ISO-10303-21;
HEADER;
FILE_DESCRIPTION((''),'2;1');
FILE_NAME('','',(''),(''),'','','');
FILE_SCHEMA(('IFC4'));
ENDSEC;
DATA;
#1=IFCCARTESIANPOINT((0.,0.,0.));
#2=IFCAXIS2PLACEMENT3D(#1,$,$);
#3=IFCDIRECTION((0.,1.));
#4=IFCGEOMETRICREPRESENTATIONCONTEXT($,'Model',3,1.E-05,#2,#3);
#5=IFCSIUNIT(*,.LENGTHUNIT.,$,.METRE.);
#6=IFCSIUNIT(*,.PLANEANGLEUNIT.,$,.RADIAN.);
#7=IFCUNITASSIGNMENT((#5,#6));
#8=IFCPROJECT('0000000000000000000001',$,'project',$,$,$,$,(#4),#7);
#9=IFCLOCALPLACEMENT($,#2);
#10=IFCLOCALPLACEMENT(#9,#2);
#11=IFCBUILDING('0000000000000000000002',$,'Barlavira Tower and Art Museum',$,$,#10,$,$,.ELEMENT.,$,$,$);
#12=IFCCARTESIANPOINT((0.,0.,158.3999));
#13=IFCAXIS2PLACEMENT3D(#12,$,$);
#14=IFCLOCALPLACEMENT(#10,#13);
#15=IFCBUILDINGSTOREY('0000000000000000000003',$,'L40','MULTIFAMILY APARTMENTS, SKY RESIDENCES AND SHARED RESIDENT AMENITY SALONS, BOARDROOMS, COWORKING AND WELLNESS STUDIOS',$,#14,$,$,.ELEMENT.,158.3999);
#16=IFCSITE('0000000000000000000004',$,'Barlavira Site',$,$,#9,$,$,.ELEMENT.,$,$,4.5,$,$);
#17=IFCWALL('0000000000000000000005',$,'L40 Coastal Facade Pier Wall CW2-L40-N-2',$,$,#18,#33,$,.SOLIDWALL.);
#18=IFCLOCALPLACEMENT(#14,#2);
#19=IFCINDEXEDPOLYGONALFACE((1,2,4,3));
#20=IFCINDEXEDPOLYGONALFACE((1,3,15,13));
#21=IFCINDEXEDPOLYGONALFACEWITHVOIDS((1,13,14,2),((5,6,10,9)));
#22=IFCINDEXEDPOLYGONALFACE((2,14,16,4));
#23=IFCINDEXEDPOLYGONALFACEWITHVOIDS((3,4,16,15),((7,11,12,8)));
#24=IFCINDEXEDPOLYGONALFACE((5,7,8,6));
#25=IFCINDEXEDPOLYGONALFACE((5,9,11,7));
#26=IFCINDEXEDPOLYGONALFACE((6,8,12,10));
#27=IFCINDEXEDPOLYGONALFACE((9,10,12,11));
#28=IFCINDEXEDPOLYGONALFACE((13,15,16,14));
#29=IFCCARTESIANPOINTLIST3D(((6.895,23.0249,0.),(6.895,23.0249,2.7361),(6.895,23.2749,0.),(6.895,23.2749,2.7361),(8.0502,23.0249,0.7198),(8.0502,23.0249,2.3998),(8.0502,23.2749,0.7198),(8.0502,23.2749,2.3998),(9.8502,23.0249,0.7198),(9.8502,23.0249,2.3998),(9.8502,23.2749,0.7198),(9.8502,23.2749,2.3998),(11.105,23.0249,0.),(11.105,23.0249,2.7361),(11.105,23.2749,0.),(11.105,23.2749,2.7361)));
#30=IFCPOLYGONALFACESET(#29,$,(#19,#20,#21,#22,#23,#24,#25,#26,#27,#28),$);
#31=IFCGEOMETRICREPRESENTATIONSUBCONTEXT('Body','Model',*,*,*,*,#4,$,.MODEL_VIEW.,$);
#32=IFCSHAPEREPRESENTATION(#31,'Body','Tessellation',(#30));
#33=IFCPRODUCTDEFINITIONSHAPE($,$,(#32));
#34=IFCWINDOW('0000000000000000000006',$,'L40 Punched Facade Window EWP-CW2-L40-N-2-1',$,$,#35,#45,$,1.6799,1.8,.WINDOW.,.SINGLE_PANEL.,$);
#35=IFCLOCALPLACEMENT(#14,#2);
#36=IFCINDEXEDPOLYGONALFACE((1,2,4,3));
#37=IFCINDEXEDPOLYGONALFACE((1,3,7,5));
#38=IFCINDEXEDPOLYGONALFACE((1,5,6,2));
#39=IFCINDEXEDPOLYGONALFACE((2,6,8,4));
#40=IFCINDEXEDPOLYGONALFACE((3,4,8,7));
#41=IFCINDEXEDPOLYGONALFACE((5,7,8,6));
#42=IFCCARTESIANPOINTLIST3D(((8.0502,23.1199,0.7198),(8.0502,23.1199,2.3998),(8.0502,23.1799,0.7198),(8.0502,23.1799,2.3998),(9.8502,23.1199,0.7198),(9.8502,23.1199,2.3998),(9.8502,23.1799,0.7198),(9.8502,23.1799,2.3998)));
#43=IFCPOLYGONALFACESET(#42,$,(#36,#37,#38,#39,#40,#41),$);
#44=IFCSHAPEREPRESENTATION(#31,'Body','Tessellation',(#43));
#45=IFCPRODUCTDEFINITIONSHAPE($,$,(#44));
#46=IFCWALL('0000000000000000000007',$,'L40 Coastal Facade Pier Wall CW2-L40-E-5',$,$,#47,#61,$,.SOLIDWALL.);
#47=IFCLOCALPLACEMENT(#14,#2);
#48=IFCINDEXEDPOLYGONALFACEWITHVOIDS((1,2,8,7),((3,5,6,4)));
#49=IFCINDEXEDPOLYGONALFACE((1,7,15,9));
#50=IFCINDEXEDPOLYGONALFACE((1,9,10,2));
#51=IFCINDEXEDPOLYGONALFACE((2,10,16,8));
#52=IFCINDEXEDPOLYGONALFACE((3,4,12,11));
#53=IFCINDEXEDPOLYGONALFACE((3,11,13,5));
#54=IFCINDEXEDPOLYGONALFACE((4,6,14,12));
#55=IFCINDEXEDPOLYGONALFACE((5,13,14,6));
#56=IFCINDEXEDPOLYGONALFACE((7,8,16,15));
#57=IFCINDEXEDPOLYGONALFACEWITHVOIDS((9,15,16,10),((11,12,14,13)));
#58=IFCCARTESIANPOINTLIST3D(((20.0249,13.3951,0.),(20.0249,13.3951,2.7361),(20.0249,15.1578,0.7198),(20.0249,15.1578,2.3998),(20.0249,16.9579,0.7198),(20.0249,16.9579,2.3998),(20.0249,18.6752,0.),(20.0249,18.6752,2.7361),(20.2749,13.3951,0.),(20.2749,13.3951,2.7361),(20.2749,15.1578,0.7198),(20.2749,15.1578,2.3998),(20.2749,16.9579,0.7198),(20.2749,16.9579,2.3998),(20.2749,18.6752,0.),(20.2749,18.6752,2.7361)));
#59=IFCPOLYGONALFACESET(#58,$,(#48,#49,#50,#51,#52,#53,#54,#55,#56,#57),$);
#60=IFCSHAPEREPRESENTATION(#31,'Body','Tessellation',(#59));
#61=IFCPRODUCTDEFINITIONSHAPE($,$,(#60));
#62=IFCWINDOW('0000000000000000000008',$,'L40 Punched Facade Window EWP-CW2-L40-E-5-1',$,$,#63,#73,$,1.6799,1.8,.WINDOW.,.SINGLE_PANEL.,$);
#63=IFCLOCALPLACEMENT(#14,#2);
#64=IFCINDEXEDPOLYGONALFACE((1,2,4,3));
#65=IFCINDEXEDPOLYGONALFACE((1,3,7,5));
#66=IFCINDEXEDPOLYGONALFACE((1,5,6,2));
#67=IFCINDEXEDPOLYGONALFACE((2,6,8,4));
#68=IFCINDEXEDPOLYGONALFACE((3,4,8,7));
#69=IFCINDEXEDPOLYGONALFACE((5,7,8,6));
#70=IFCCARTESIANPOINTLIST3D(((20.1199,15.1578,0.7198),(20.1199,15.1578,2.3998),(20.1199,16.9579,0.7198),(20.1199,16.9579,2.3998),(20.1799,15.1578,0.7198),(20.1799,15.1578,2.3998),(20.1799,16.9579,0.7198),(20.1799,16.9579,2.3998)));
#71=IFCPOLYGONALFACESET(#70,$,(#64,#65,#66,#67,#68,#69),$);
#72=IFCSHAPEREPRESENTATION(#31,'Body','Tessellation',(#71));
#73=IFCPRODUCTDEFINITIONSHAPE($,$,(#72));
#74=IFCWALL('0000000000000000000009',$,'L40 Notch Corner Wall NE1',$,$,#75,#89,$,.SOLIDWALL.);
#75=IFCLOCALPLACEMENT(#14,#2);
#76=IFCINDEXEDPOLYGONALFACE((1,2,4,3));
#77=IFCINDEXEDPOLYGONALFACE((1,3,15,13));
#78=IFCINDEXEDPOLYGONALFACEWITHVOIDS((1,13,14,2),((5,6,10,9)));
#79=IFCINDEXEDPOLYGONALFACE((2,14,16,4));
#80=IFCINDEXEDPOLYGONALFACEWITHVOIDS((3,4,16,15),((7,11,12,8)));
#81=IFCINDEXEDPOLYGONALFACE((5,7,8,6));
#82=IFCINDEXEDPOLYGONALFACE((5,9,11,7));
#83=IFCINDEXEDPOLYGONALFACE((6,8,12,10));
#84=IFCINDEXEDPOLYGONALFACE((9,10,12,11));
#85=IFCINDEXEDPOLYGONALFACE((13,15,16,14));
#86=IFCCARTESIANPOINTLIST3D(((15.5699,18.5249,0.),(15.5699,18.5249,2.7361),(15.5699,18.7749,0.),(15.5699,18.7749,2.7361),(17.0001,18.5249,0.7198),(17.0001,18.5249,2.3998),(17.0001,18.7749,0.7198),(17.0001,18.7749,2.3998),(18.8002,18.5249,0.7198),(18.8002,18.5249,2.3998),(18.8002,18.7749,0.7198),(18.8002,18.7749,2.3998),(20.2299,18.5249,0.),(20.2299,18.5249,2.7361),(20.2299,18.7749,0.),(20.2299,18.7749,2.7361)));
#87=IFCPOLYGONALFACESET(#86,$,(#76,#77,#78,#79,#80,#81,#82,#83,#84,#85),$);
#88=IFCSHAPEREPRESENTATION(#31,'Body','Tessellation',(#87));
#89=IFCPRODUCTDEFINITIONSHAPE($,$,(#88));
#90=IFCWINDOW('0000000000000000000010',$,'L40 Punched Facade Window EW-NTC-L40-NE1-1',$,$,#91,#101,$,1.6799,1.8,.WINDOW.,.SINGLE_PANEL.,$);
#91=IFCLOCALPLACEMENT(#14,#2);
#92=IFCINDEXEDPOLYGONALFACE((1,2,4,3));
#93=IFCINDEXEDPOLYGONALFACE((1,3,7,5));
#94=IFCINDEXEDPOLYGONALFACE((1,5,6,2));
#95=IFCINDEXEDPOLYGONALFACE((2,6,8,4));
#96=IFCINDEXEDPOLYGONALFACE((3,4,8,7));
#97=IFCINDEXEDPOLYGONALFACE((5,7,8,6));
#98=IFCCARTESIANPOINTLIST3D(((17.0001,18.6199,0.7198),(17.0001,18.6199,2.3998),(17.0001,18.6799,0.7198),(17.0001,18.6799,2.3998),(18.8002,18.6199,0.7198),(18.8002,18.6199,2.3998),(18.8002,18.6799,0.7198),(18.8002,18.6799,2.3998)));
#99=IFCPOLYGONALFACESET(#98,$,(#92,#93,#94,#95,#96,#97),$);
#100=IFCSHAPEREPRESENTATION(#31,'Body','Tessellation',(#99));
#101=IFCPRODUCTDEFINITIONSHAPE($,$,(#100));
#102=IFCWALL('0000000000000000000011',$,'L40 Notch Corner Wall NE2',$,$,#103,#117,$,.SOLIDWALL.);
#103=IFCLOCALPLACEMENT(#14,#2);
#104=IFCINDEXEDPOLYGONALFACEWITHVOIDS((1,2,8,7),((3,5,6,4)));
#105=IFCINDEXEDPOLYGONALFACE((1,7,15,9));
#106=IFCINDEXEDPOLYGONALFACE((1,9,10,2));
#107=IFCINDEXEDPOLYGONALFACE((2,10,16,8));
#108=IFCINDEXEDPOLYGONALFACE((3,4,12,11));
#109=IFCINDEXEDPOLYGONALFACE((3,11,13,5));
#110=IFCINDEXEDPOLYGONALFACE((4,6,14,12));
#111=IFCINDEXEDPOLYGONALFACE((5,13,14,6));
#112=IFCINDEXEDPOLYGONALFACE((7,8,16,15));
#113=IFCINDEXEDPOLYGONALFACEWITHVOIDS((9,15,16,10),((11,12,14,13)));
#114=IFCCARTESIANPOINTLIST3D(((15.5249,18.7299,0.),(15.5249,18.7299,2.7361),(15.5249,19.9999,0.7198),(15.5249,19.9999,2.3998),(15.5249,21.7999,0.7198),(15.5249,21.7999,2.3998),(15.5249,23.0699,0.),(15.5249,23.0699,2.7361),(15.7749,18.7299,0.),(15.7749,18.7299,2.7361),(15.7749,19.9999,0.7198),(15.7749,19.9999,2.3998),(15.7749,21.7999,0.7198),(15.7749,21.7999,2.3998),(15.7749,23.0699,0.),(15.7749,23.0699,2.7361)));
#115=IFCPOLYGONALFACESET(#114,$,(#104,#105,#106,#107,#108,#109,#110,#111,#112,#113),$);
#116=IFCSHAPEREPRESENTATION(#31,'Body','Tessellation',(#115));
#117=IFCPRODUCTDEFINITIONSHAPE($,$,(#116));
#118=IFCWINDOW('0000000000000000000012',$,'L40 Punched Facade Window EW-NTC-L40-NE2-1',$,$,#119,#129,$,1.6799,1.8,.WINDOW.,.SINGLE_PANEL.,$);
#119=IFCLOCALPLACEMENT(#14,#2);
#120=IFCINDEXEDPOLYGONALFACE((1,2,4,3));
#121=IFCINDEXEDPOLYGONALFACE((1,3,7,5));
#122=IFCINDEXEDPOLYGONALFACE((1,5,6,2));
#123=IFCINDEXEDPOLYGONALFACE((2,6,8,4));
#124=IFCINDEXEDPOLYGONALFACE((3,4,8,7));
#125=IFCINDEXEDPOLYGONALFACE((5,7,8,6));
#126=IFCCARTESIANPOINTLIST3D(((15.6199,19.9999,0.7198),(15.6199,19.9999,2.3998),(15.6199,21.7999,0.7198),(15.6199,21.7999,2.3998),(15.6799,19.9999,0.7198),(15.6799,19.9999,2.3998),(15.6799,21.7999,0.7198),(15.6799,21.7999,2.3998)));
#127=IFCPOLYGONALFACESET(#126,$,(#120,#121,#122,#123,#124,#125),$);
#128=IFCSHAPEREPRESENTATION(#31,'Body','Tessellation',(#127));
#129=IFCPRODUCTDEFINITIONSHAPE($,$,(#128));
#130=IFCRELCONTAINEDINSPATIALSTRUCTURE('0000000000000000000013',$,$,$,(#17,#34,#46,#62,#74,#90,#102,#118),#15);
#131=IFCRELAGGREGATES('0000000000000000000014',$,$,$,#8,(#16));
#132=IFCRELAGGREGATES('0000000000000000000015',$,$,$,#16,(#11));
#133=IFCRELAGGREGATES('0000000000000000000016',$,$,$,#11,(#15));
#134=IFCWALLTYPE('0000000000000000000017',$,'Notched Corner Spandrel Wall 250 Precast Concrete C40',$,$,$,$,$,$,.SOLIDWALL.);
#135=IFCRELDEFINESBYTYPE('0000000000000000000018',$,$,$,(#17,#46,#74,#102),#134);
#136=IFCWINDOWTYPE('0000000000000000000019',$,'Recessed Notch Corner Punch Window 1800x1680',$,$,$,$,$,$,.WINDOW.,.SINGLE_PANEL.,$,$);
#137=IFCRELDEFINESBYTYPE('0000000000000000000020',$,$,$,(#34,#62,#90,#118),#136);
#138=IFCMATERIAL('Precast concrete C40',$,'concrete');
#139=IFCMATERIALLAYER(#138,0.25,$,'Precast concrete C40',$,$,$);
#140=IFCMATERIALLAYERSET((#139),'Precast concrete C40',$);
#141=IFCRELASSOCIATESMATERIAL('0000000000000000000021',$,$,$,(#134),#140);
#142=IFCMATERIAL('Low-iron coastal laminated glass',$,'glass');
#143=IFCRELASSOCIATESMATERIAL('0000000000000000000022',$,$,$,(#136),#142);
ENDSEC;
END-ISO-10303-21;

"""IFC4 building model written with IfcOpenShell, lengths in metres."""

from ifc_helpers import new_model, si_unit, direction, frame, frame_2d, origin, place, context, subcontext, project, spatial, rectangle, extrude, material, layer, layer_set, type_object, element, fill, save


model = new_model("IFC4")

# Units and contexts
model_context = context("Model", 3, precision=1e-05, world=origin(), true_north=direction((0.0, 1.0)))
body_context = subcontext(model_context, "Body", "Model", "MODEL_VIEW")
ifc_project = project(units=[si_unit("LENGTHUNIT", "METRE"), si_unit("PLANEANGLEUNIT", "RADIAN")], contexts=[model_context])

# Site, building, storey
site_placement = place(None, origin())
site = spatial("IfcSite", under=ifc_project, at=site_placement, Name="Barlavira Site", CompositionType="ELEMENT", RefElevation=4.5)
building_placement = place(site_placement, origin())
building = spatial("IfcBuilding", under=site, at=building_placement, Name="Barlavira Tower and Art Museum", CompositionType="ELEMENT")
storey_placement = place(building_placement, frame((0.0, 0.0, 158.3999)))
storey = spatial("IfcBuildingStorey", under=building, at=storey_placement, Name="L40", Description="MULTIFAMILY APARTMENTS, SKY RESIDENCES AND SHARED RESIDENT AMENITY SALONS, BOARDROOMS, COWORKING AND WELLNESS STUDIOS", CompositionType="ELEMENT", Elevation=158.3999)

# Walls, openings, windows
ifc_material_1 = material(Name="Precast concrete C40", Category="concrete")
ifc_layer_1 = layer(ifc_material_1, 0.25, Name="Precast concrete C40")
ifc_layer_set_1 = layer_set([ifc_layer_1], Name="Precast concrete C40")
wall_type_1 = type_object("IfcWallType", Name="Notched Corner Spandrel Wall 250 Precast Concrete C40", PredefinedType="SOLIDWALL", material=ifc_layer_set_1)
ifc_material_2 = material(Name="Low-iron coastal laminated glass", Category="glass")
window_type = type_object("IfcWindowType", Name="Recessed Notch Corner Punch Window 1800x1680", PartitioningType="SINGLE_PANEL", PredefinedType="WINDOW", material=ifc_material_2)
wall_1_placement = place(storey_placement, frame((11.105, 23.1499, 0.0), z_axis=(0.0, 0.0, 1.0), x_axis=(-1.0, 0.0, 0.0)))
wall_1 = element("IfcWall", 1, at=wall_1_placement, inside=storey, type_object=wall_type_1, Name="L40 Coastal Facade Pier Wall CW2-L40-N-2", PredefinedType="SOLIDWALL", context=body_context, shape_type="SweptSolid", body=[
    extrude(rectangle(XDim=4.21, YDim=0.25, at=frame_2d((2.105, 0.0))), origin(), (0.0, 0.0, 1.0), 2.7361),
])
opening_1_placement = place(wall_1_placement, frame((1.2549, 0.0, 0.72)))
opening_1 = element("IfcOpeningElement", 2, at=opening_1_placement, cuts=wall_1, PredefinedType="OPENING", context=body_context, shape_type="SweptSolid", body=[
    extrude(rectangle(XDim=1.8, YDim=1.6799, at=frame_2d((0.8999, 0.8398))), frame((0.0, 0.135, 0.0), z_axis=(0.0, -1.0, 0.0), x_axis=(1.0, 0.0, 0.0)), (0.0, 0.0, 1.0), 0.27),
])
window_1_placement = place(opening_1_placement, origin())
window_1 = element("IfcWindow", 3, at=window_1_placement, inside=storey, type_object=window_type, Name="L40 Punched Facade Window EWP-CW2-L40-N-2-1", OverallHeight=1.6799, OverallWidth=1.8, PartitioningType="SINGLE_PANEL", PredefinedType="WINDOW", context=body_context, shape_type="SweptSolid", body=[
    extrude(rectangle(XDim=1.8, YDim=1.6799, at=frame_2d((0.8999, 0.8398))), frame((0.0, 0.03, 0.0), z_axis=(0.0, -1.0, 0.0), x_axis=(1.0, 0.0, 0.0)), (0.0, 0.0, 1.0), 0.0601),
])
fill(opening_1, window_1)
wall_2_placement = place(storey_placement, frame((20.1499, 13.395, 0.0), z_axis=(0.0, 0.0, 1.0), x_axis=(0.0, 1.0, 0.0)))
wall_2 = element("IfcWall", 4, at=wall_2_placement, inside=storey, type_object=wall_type_1, Name="L40 Coastal Facade Pier Wall CW2-L40-E-5", PredefinedType="SOLIDWALL", context=body_context, shape_type="SweptSolid", body=[
    extrude(rectangle(XDim=5.28, YDim=0.25, at=frame_2d((2.6401, 0.0))), origin(), (0.0, 0.0, 1.0), 2.7361),
])
opening_2_placement = place(wall_2_placement, frame((1.7629, 0.0, 0.72)))
opening_2 = element("IfcOpeningElement", 5, at=opening_2_placement, cuts=wall_2, PredefinedType="OPENING", context=body_context, shape_type="SweptSolid", body=[
    extrude(rectangle(XDim=1.8, YDim=1.6799, at=frame_2d((0.8999, 0.8398))), frame((0.0, 0.135, 0.0), z_axis=(0.0, -1.0, 0.0), x_axis=(1.0, 0.0, 0.0)), (0.0, 0.0, 1.0), 0.27),
])
window_2_placement = place(opening_2_placement, origin())
window_2 = element("IfcWindow", 6, at=window_2_placement, inside=storey, type_object=window_type, Name="L40 Punched Facade Window EWP-CW2-L40-E-5-1", OverallHeight=1.6799, OverallWidth=1.8, PartitioningType="SINGLE_PANEL", PredefinedType="WINDOW", context=body_context, shape_type="SweptSolid", body=[
    extrude(rectangle(XDim=1.8, YDim=1.6799, at=frame_2d((0.8999, 0.8398))), frame((0.0, 0.03, 0.0), z_axis=(0.0, -1.0, 0.0), x_axis=(1.0, 0.0, 0.0)), (0.0, 0.0, 1.0), 0.0601),
])
fill(opening_2, window_2)
wall_3_placement = place(storey_placement, frame((20.23, 18.6499, 0.0), z_axis=(0.0, 0.0, 1.0), x_axis=(-1.0, 0.0, 0.0)))
wall_3 = element("IfcWall", 7, at=wall_3_placement, inside=storey, type_object=wall_type_1, Name="L40 Notch Corner Wall NE1", PredefinedType="SOLIDWALL", context=body_context, shape_type="SweptSolid", body=[
    extrude(rectangle(XDim=4.6599, YDim=0.25, at=frame_2d((2.3301, 0.0))), origin(), (0.0, 0.0, 1.0), 2.7361),
])
opening_3_placement = place(wall_3_placement, frame((1.4299, 0.0, 0.72)))
opening_3 = element("IfcOpeningElement", 8, at=opening_3_placement, cuts=wall_3, PredefinedType="OPENING", context=body_context, shape_type="SweptSolid", body=[
    extrude(rectangle(XDim=1.8, YDim=1.6799, at=frame_2d((0.8999, 0.8398))), frame((0.0, 0.135, 0.0), z_axis=(0.0, -1.0, 0.0), x_axis=(1.0, 0.0, 0.0)), (0.0, 0.0, 1.0), 0.27),
])
window_3_placement = place(opening_3_placement, origin())
window_3 = element("IfcWindow", 9, at=window_3_placement, inside=storey, type_object=window_type, Name="L40 Punched Facade Window EW-NTC-L40-NE1-1", OverallHeight=1.6799, OverallWidth=1.8, PartitioningType="SINGLE_PANEL", PredefinedType="WINDOW", context=body_context, shape_type="SweptSolid", body=[
    extrude(rectangle(XDim=1.8, YDim=1.6799, at=frame_2d((0.8999, 0.8398))), frame((0.0, 0.03, 0.0), z_axis=(0.0, -1.0, 0.0), x_axis=(1.0, 0.0, 0.0)), (0.0, 0.0, 1.0), 0.0601),
])
fill(opening_3, window_3)
wall_4_placement = place(storey_placement, frame((15.6499, 18.73, 0.0), z_axis=(0.0, 0.0, 1.0), x_axis=(0.0, 1.0, 0.0)))
wall_4 = element("IfcWall", 10, at=wall_4_placement, inside=storey, type_object=wall_type_1, Name="L40 Notch Corner Wall NE2", PredefinedType="SOLIDWALL", context=body_context, shape_type="SweptSolid", body=[
    extrude(rectangle(XDim=4.3401, YDim=0.25, at=frame_2d((2.1699, 0.0))), origin(), (0.0, 0.0, 1.0), 2.7361),
])
opening_4_placement = place(wall_4_placement, frame((1.27, 0.0, 0.72)))
opening_4 = element("IfcOpeningElement", 11, at=opening_4_placement, cuts=wall_4, PredefinedType="OPENING", context=body_context, shape_type="SweptSolid", body=[
    extrude(rectangle(XDim=1.8, YDim=1.6799, at=frame_2d((0.8999, 0.8398))), frame((0.0, 0.135, 0.0), z_axis=(0.0, -1.0, 0.0), x_axis=(1.0, 0.0, 0.0)), (0.0, 0.0, 1.0), 0.27),
])
window_4_placement = place(opening_4_placement, origin())
window_4 = element("IfcWindow", 12, at=window_4_placement, inside=storey, type_object=window_type, Name="L40 Punched Facade Window EW-NTC-L40-NE2-1", OverallHeight=1.6799, OverallWidth=1.8, PartitioningType="SINGLE_PANEL", PredefinedType="WINDOW", context=body_context, shape_type="SweptSolid", body=[
    extrude(rectangle(XDim=1.8, YDim=1.6799, at=frame_2d((0.8999, 0.8398))), frame((0.0, 0.03, 0.0), z_axis=(0.0, -1.0, 0.0), x_axis=(1.0, 0.0, 0.0)), (0.0, 0.0, 1.0), 0.0601),
])
fill(opening_4, window_4)

save(model, "model.ifc")
